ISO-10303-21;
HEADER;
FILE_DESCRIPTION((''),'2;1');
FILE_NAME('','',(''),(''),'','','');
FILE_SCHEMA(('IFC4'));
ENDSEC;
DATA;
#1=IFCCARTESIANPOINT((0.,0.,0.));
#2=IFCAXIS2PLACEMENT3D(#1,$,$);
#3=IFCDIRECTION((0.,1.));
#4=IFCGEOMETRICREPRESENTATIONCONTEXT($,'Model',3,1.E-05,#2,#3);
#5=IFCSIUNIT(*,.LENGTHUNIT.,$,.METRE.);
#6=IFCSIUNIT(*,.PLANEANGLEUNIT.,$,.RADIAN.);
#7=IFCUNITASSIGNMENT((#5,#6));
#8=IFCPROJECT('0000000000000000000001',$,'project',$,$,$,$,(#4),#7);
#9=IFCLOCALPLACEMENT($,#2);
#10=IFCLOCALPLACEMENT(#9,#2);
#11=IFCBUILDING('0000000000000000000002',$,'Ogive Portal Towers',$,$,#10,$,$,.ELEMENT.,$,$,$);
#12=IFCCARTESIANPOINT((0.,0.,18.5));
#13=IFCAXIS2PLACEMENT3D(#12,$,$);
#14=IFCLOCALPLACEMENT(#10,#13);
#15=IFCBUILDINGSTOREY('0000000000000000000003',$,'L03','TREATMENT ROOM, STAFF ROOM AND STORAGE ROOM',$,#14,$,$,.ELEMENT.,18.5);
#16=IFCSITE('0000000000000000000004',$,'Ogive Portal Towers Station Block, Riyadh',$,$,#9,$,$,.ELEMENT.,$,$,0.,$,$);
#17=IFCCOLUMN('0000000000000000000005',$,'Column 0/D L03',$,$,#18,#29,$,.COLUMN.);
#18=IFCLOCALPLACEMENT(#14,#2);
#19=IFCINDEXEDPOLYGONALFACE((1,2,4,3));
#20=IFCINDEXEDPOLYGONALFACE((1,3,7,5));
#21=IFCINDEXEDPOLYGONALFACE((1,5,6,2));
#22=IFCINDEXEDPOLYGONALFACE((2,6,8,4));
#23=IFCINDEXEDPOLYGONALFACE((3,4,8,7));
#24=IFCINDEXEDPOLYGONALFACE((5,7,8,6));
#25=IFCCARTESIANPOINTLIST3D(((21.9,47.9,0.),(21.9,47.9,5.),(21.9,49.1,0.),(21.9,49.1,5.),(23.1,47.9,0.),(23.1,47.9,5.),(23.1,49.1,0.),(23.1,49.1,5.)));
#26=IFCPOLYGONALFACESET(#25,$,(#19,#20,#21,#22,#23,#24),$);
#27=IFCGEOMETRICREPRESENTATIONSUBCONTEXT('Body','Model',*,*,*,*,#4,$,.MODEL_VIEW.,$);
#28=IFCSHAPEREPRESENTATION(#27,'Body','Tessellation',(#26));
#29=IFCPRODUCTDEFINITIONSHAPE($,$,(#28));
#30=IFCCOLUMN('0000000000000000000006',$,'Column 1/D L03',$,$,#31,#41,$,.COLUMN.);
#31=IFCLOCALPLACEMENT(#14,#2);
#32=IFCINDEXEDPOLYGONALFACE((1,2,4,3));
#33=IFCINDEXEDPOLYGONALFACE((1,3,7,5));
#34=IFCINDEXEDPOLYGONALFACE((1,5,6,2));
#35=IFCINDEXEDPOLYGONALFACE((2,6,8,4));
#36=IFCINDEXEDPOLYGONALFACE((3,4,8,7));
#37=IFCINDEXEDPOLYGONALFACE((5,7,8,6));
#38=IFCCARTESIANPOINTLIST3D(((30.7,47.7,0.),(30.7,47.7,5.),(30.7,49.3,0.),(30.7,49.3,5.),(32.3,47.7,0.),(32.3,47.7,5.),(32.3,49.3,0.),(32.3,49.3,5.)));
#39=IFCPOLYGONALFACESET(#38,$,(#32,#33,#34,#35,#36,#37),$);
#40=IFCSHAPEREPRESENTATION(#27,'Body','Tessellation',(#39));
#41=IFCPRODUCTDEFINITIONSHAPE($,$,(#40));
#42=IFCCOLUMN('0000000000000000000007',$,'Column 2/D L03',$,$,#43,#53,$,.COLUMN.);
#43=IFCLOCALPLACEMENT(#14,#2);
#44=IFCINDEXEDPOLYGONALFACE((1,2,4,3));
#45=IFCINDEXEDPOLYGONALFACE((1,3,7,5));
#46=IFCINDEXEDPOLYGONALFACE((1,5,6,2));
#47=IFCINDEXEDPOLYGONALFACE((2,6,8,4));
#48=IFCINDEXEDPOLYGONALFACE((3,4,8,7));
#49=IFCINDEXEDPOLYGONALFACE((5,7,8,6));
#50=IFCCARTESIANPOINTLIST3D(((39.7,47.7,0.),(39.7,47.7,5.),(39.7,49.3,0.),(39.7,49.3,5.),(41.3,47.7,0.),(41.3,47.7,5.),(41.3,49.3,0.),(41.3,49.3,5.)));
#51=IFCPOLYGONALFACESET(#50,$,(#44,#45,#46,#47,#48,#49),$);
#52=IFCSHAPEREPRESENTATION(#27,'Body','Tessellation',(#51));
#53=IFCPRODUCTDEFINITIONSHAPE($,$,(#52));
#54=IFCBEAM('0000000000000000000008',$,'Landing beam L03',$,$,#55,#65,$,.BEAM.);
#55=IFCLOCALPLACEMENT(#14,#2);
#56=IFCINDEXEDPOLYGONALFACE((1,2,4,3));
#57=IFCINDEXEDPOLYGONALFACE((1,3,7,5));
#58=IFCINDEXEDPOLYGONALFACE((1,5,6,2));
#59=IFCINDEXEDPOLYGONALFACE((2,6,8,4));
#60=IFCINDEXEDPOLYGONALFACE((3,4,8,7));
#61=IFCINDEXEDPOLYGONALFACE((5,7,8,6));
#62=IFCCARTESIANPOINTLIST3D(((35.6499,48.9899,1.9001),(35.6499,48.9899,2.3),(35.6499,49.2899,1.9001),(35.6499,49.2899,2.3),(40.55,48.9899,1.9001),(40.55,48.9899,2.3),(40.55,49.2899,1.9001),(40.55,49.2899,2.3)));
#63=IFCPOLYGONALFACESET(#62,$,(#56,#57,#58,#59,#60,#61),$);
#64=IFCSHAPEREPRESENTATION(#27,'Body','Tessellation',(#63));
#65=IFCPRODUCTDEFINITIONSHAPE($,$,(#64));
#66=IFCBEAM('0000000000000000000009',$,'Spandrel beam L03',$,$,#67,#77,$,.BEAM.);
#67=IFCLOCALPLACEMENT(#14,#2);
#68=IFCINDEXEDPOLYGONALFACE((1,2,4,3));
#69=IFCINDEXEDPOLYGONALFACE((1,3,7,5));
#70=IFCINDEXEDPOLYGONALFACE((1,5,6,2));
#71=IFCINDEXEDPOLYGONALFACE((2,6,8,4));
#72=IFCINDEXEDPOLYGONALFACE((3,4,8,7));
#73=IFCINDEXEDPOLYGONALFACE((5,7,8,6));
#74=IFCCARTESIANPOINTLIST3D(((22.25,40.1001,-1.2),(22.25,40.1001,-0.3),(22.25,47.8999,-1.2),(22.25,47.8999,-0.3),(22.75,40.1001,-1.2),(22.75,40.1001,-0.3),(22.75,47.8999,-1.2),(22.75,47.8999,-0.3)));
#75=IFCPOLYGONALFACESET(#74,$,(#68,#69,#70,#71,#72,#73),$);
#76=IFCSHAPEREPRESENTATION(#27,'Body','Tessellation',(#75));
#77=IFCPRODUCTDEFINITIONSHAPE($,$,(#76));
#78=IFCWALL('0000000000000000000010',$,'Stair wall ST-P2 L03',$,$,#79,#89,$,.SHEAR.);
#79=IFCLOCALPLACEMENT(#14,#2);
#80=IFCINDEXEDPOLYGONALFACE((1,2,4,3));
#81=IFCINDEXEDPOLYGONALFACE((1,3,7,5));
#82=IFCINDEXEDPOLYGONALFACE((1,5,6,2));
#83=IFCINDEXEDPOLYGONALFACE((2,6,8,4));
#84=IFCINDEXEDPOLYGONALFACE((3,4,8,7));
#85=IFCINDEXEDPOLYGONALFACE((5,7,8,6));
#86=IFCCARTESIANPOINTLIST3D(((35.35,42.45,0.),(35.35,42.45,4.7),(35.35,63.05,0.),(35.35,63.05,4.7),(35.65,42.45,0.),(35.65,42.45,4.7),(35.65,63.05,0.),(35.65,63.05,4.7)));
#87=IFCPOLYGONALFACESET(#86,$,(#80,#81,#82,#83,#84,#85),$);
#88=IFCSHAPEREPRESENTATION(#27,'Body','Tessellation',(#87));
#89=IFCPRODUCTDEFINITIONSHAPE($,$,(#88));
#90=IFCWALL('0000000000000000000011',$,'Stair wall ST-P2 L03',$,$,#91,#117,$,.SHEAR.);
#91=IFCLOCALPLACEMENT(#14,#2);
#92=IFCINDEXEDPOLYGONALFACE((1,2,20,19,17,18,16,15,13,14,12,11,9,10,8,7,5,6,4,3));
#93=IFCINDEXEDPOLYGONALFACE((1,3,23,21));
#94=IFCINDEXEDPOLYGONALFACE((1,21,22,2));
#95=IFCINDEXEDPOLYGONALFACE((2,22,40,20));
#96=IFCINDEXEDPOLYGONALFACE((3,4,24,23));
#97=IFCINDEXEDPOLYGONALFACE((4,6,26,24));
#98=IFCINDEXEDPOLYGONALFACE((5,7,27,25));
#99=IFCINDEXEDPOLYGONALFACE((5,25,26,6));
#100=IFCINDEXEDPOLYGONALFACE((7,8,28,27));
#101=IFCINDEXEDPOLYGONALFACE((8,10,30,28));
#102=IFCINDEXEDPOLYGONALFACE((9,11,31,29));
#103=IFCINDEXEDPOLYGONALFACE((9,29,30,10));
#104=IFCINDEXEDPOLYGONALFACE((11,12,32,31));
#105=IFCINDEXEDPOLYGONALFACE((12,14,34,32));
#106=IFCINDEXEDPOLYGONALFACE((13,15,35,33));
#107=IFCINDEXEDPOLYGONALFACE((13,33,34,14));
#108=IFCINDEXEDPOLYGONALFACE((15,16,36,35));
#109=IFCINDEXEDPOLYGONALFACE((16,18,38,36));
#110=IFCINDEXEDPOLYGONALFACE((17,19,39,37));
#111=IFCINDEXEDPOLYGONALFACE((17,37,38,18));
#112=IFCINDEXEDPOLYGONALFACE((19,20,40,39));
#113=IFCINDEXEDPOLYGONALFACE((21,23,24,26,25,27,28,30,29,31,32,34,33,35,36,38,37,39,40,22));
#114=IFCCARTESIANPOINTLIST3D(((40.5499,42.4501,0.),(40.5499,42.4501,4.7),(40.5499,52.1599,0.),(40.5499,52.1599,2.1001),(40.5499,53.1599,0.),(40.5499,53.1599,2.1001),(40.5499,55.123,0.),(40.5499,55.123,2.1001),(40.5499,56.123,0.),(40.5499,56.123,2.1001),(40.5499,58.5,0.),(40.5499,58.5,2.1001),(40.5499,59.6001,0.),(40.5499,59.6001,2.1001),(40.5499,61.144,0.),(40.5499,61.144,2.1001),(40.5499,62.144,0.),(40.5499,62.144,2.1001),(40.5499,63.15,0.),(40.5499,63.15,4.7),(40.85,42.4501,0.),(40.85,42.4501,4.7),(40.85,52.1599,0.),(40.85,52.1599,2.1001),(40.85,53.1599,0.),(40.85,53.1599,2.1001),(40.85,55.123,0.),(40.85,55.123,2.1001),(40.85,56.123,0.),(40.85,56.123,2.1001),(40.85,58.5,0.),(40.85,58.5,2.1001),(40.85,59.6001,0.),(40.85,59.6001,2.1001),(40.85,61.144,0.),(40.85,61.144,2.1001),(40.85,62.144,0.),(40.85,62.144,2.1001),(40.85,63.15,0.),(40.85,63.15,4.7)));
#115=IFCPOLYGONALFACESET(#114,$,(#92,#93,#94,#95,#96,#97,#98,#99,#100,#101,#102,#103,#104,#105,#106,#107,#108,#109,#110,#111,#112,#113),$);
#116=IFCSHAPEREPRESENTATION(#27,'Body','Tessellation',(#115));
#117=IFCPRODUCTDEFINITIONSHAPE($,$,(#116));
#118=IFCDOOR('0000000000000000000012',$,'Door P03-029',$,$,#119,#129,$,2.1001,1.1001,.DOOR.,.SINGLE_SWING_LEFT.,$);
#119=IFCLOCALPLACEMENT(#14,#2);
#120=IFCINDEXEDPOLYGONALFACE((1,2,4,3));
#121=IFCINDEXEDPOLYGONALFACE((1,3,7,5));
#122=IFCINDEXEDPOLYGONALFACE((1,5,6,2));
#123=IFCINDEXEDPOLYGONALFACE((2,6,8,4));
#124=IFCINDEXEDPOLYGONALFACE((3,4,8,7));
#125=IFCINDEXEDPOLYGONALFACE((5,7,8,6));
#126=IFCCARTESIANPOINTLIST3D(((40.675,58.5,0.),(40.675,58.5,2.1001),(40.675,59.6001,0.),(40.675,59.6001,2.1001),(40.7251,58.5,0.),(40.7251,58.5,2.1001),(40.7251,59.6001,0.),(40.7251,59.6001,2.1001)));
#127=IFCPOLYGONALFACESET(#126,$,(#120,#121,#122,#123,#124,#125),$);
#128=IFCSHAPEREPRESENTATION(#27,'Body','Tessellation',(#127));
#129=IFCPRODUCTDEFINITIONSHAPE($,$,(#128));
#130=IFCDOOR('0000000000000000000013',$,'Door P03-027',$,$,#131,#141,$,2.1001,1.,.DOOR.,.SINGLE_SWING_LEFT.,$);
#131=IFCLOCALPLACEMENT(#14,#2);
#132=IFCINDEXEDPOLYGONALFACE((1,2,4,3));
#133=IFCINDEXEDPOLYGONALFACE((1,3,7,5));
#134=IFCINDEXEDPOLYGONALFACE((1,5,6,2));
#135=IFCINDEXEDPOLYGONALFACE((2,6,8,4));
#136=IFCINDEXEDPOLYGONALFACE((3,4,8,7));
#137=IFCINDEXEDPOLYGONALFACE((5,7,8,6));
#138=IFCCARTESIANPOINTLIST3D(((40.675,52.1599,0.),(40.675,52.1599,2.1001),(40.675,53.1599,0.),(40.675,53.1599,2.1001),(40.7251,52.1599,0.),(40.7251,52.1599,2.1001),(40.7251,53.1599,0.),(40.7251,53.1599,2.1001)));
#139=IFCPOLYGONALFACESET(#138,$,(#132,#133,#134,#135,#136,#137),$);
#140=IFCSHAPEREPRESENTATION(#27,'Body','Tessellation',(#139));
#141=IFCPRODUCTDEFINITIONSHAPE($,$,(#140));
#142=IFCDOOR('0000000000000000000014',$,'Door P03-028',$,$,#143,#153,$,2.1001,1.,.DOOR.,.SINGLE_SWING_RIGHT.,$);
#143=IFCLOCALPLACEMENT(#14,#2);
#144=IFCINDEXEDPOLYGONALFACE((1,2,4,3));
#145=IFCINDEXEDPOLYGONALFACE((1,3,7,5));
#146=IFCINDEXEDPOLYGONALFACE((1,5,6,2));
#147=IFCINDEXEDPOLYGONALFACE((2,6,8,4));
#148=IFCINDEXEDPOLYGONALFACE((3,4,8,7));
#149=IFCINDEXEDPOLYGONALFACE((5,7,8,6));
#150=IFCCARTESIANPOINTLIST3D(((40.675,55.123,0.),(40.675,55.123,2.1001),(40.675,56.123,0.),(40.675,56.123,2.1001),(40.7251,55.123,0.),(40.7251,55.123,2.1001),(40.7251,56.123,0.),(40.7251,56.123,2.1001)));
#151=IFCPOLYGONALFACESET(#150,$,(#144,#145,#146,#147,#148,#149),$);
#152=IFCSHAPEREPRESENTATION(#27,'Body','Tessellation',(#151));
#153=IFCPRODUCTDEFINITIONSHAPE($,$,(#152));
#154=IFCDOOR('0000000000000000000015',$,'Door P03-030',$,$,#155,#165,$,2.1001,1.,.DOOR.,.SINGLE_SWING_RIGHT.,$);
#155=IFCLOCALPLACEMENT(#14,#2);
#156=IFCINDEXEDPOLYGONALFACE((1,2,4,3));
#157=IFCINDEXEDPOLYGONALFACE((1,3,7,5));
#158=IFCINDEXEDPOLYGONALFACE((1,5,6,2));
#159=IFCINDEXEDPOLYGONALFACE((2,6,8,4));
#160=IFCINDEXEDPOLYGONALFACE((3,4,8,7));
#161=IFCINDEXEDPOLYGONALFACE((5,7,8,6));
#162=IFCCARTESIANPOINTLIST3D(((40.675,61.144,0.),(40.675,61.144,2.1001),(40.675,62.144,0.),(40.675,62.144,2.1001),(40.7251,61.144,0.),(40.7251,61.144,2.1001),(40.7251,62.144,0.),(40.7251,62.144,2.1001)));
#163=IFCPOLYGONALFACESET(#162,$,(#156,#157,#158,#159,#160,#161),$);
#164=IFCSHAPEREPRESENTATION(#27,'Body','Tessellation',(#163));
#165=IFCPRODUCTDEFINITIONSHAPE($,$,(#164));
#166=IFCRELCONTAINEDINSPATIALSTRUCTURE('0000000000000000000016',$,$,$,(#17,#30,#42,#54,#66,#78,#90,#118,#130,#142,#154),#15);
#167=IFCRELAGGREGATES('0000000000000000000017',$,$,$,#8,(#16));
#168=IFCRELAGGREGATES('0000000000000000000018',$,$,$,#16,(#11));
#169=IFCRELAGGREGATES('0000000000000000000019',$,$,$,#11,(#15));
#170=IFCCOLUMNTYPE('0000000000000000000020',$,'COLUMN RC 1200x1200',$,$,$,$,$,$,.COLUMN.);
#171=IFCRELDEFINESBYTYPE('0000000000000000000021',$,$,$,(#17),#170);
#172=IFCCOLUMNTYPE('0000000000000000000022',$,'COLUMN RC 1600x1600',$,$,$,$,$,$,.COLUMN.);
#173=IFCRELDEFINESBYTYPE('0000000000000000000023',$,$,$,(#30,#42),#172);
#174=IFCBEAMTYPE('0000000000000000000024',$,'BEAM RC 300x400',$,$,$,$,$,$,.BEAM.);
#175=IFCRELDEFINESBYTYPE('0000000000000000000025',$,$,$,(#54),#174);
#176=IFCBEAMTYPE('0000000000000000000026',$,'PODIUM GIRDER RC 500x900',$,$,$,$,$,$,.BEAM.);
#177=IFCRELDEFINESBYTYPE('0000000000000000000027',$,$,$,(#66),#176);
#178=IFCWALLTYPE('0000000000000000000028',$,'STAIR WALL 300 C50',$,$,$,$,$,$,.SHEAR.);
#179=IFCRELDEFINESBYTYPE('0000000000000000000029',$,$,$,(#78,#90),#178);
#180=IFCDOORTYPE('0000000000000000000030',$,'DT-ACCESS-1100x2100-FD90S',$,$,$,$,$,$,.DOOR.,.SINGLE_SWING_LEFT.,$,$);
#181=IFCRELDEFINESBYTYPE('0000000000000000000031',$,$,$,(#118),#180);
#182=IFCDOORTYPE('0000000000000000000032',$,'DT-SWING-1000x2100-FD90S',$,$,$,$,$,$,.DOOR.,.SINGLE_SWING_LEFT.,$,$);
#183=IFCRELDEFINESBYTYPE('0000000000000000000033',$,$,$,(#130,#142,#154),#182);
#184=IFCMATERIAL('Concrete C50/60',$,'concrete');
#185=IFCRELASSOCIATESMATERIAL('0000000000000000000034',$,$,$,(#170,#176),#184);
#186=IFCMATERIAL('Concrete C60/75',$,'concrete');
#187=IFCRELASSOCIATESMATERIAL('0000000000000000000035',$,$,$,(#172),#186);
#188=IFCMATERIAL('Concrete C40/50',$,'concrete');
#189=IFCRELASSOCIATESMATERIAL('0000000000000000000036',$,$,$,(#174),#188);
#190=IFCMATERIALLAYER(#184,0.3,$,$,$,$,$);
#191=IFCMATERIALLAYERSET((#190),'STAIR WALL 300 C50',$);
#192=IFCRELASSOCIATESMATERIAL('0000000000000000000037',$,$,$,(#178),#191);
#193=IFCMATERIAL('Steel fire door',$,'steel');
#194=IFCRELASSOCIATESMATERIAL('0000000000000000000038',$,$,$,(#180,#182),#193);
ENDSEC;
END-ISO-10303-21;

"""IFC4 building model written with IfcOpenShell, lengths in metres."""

from ifc_helpers import new_model, si_unit, direction, frame, frame_2d, origin, origin_2d, place, context, subcontext, project, spatial, rectangle, extrude, material, layer, layer_set, material_profile, profile_set, type_object, element, fill, save


model = new_model("IFC4")

# Units and contexts
model_context = context("Model", 3, precision=1e-05, world=origin(), true_north=direction((0.0, 1.0)))
body_context = subcontext(model_context, "Body", "Model", "MODEL_VIEW")
ifc_project = project(units=[si_unit("LENGTHUNIT", "METRE"), si_unit("PLANEANGLEUNIT", "RADIAN")], contexts=[model_context])

# Site, building, storey
site_placement = place(None, origin())
site = spatial("IfcSite", under=ifc_project, at=site_placement, Name="Ogive Portal Towers Station Block, Riyadh", CompositionType="ELEMENT", RefElevation=0.0)
building_placement = place(site_placement, origin())
building = spatial("IfcBuilding", under=site, at=building_placement, Name="Ogive Portal Towers", CompositionType="ELEMENT")
storey_placement = place(building_placement, frame((0.0, 0.0, 18.5)))
storey = spatial("IfcBuildingStorey", under=building, at=storey_placement, Name="L03", Description="TREATMENT ROOM, STAFF ROOM AND STORAGE ROOM", CompositionType="ELEMENT", Elevation=18.5)

# Columns
ifc_material_1 = material(Name="Concrete C50/60", Category="concrete")
ifc_material_profile_1 = material_profile(ifc_material_1, rectangle(XDim=1.2, YDim=1.2, at=origin_2d()), Name="RC 1200x1200")
ifc_profile_set_1 = profile_set([ifc_material_profile_1], Name="Concrete C50/60")
column_type_1 = type_object("IfcColumnType", Name="COLUMN RC 1200x1200", PredefinedType="COLUMN", material=ifc_profile_set_1)
column_placement = place(storey_placement, frame((22.5, 48.5, 0.0), z_axis=(0.0, 0.0, 1.0), x_axis=(1.0, 0.0, 0.0)))
element("IfcColumn", 1, at=column_placement, inside=storey, type_object=column_type_1, Name="Column 0/D L03", PredefinedType="COLUMN", context=body_context, shape_type="SweptSolid", body=[
    extrude(rectangle(XDim=1.2, YDim=1.2, at=origin_2d()), origin(), (0.0, 0.0, 1.0), 5.0),
])
ifc_material_2 = material(Name="Concrete C60/75", Category="concrete")
ifc_material_profile_2 = material_profile(ifc_material_2, rectangle(XDim=1.6001, YDim=1.6001, at=origin_2d()), Name="RC 1600x1600")
ifc_profile_set_2 = profile_set([ifc_material_profile_2], Name="Concrete C60/75")
column_type_2 = type_object("IfcColumnType", Name="COLUMN RC 1600x1600", PredefinedType="COLUMN", material=ifc_profile_set_2)
for number, where, z_axis, x_axis, name in (
    (2, (31.5, 48.5, 0.0), (0.0, 0.0, 1.0), (1.0, 0.0, 0.0), "Column 1/D L03"),
    (3, (40.5, 48.5, 0.0), (0.0, 0.0, 1.0), (1.0, 0.0, 0.0), "Column 2/D L03"),
):
    element("IfcColumn", number, at=place(storey_placement, frame(where, z_axis=z_axis, x_axis=x_axis)), inside=storey, type_object=column_type_2, Name=name, PredefinedType="COLUMN", context=body_context, shape_type="SweptSolid", body=[
        extrude(rectangle(XDim=1.6001, YDim=1.6001, at=origin_2d()), origin(), (0.0, 0.0, 1.0), 5.0),
    ])

# Beams
ifc_material_3 = material(Name="Concrete C40/50", Category="concrete")
ifc_material_profile_3 = material_profile(ifc_material_3, rectangle(XDim=0.3, YDim=0.3999, at=origin_2d()), Name="RC 300x400")
ifc_profile_set_3 = profile_set([ifc_material_profile_3], Name="Concrete C40/50")
beam_type_1 = type_object("IfcBeamType", Name="BEAM RC 300x400", PredefinedType="BEAM", material=ifc_profile_set_3)
beam_1_placement = place(storey_placement, frame((35.6499, 49.1399, 2.1001), z_axis=(1.0, 0.0, 0.0), x_axis=(0.0, 1.0, 0.0)))
element("IfcBeam", 4, at=beam_1_placement, inside=storey, type_object=beam_type_1, Name="Landing beam L03", PredefinedType="BEAM", context=body_context, shape_type="SweptSolid", body=[
    extrude(rectangle(XDim=0.3, YDim=0.3999, at=origin_2d()), origin(), (0.0, 0.0, 1.0), 4.9001),
])
ifc_material_profile_4 = material_profile(ifc_material_1, rectangle(XDim=0.5, YDim=0.8999, at=origin_2d()), Name="RC 500x900")
ifc_profile_set_4 = profile_set([ifc_material_profile_4], Name="Concrete C50/60")
beam_type_2 = type_object("IfcBeamType", Name="PODIUM GIRDER RC 500x900", PredefinedType="BEAM", material=ifc_profile_set_4)
beam_2_placement = place(storey_placement, frame((22.5, 47.8999, -0.75), z_axis=(0.0, -1.0, 0.0), x_axis=(1.0, 0.0, 0.0)))
element("IfcBeam", 5, at=beam_2_placement, inside=storey, type_object=beam_type_2, Name="Spandrel beam L03", PredefinedType="BEAM", context=body_context, shape_type="SweptSolid", body=[
    extrude(rectangle(XDim=0.5, YDim=0.8999, at=origin_2d()), origin(), (0.0, 0.0, 1.0), 7.7998),
])

# Wall
ifc_layer_1 = layer(ifc_material_1, 0.3)
ifc_layer_set_1 = layer_set([ifc_layer_1], Name="STAIR WALL 300 C50")
wall_type_1 = type_object("IfcWallType", Name="STAIR WALL 300 C50", PredefinedType="SHEAR", material=ifc_layer_set_1)
wall_1_placement = place(storey_placement, frame((35.5, 42.45, 0.0), z_axis=(0.0, 0.0, 1.0), x_axis=(0.0, 1.0, 0.0)))
element("IfcWall", 6, at=wall_1_placement, inside=storey, type_object=wall_type_1, Name="Stair wall ST-P2 L03", PredefinedType="SHEAR", context=body_context, shape_type="SweptSolid", body=[
    extrude(rectangle(XDim=20.6001, YDim=0.3, at=frame_2d((10.3, 0.0))), origin(), (0.0, 0.0, 1.0), 4.7),
])

# Wall, openings, doors
wall_2_placement = place(storey_placement, frame((40.7, 42.45, 0.0), z_axis=(0.0, 0.0, 1.0), x_axis=(0.0, 1.0, 0.0)))
wall_2 = element("IfcWall", 7, at=wall_2_placement, inside=storey, type_object=wall_type_1, Name="Stair wall ST-P2 L03", PredefinedType="SHEAR", context=body_context, shape_type="SweptSolid", body=[
    extrude(rectangle(XDim=20.7, YDim=0.3, at=frame_2d((10.3501, 0.0))), origin(), (0.0, 0.0, 1.0), 4.7),
])
opening_1_placement = place(wall_2_placement, frame((9.71, 0.0, 0.0)))
opening_1 = element("IfcOpeningElement", 8, at=opening_1_placement, cuts=wall_2, PredefinedType="OPENING", context=body_context, shape_type="SweptSolid", body=[
    extrude(rectangle(XDim=1.0, YDim=2.1001, at=frame_2d((0.5, 1.05))), frame((0.0, 0.1602, 0.0), z_axis=(0.0, -1.0, 0.0), x_axis=(1.0, 0.0, 0.0)), (0.0, 0.0, 1.0), 0.3201),
])
opening_2_placement = place(wall_2_placement, frame((12.6731, 0.0, 0.0)))
opening_2 = element("IfcOpeningElement", 9, at=opening_2_placement, cuts=wall_2, PredefinedType="OPENING", context=body_context, shape_type="SweptSolid", body=[
    extrude(rectangle(XDim=1.0, YDim=2.1001, at=frame_2d((0.5, 1.05))), frame((0.0, 0.1602, 0.0), z_axis=(0.0, -1.0, 0.0), x_axis=(1.0, 0.0, 0.0)), (0.0, 0.0, 1.0), 0.3201),
])
opening_3_placement = place(wall_2_placement, frame((16.05, 0.0, 0.0)))
opening_3 = element("IfcOpeningElement", 10, at=opening_3_placement, cuts=wall_2, PredefinedType="OPENING", context=body_context, shape_type="SweptSolid", body=[
    extrude(rectangle(XDim=1.1001, YDim=2.1001, at=frame_2d((0.55, 1.05))), frame((0.0, 0.1602, 0.0), z_axis=(0.0, -1.0, 0.0), x_axis=(1.0, 0.0, 0.0)), (0.0, 0.0, 1.0), 0.3201),
])
opening_4_placement = place(wall_2_placement, frame((18.6941, 0.0, 0.0)))
opening_4 = element("IfcOpeningElement", 11, at=opening_4_placement, cuts=wall_2, PredefinedType="OPENING", context=body_context, shape_type="SweptSolid", body=[
    extrude(rectangle(XDim=1.0, YDim=2.1001, at=frame_2d((0.5, 1.05))), frame((0.0, 0.1602, 0.0), z_axis=(0.0, -1.0, 0.0), x_axis=(1.0, 0.0, 0.0)), (0.0, 0.0, 1.0), 0.3201),
])
ifc_material_4 = material(Name="Steel fire door", Category="steel")
door_type_1 = type_object("IfcDoorType", Name="DT-ACCESS-1100x2100-FD90S", OperationType="SINGLE_SWING_LEFT", PredefinedType="DOOR", material=ifc_material_4)
door_1_placement = place(opening_3_placement, origin())
door_1 = element("IfcDoor", 12, at=door_1_placement, inside=storey, type_object=door_type_1, Name="Door P03-029", OperationType="SINGLE_SWING_LEFT", OverallHeight=2.1001, OverallWidth=1.1001, PredefinedType="DOOR", context=body_context, shape_type="SweptSolid", body=[
    extrude(rectangle(XDim=1.1001, YDim=2.1001, at=frame_2d((0.55, 1.05))), frame((0.0, 0.0249, 0.0), z_axis=(0.0, -1.0, 0.0), x_axis=(1.0, 0.0, 0.0)), (0.0, 0.0, 1.0), 0.05),
])
fill(opening_3, door_1)
door_type_2 = type_object("IfcDoorType", Name="DT-SWING-1000x2100-FD90S", OperationType="SINGLE_SWING_LEFT", PredefinedType="DOOR", material=ifc_material_4)
door_2_placement = place(opening_1_placement, origin())
door_2 = element("IfcDoor", 13, at=door_2_placement, inside=storey, type_object=door_type_2, Name="Door P03-027", OperationType="SINGLE_SWING_LEFT", OverallHeight=2.1001, OverallWidth=1.0, PredefinedType="DOOR", context=body_context, shape_type="SweptSolid", body=[
    extrude(rectangle(XDim=1.0, YDim=2.1001, at=frame_2d((0.5, 1.05))), frame((0.0, 0.0249, 0.0), z_axis=(0.0, -1.0, 0.0), x_axis=(1.0, 0.0, 0.0)), (0.0, 0.0, 1.0), 0.05),
])
fill(opening_1, door_2)
door_3_placement = place(opening_2_placement, origin())
door_3 = element("IfcDoor", 14, at=door_3_placement, inside=storey, type_object=door_type_2, Name="Door P03-028", OperationType="SINGLE_SWING_RIGHT", OverallHeight=2.1001, OverallWidth=1.0, PredefinedType="DOOR", context=body_context, shape_type="SweptSolid", body=[
    extrude(rectangle(XDim=1.0, YDim=2.1001, at=frame_2d((0.5, 1.05))), frame((0.0, 0.0249, 0.0), z_axis=(0.0, -1.0, 0.0), x_axis=(1.0, 0.0, 0.0)), (0.0, 0.0, 1.0), 0.05),
])
fill(opening_2, door_3)
door_4_placement = place(opening_4_placement, origin())
door_4 = element("IfcDoor", 15, at=door_4_placement, inside=storey, type_object=door_type_2, Name="Door P03-030", OperationType="SINGLE_SWING_RIGHT", OverallHeight=2.1001, OverallWidth=1.0, PredefinedType="DOOR", context=body_context, shape_type="SweptSolid", body=[
    extrude(rectangle(XDim=1.0, YDim=2.1001, at=frame_2d((0.5, 1.05))), frame((0.0, 0.0249, 0.0), z_axis=(0.0, -1.0, 0.0), x_axis=(1.0, 0.0, 0.0)), (0.0, 0.0, 1.0), 0.05),
])
fill(opening_4, door_4)

save(model, "model.ifc")
